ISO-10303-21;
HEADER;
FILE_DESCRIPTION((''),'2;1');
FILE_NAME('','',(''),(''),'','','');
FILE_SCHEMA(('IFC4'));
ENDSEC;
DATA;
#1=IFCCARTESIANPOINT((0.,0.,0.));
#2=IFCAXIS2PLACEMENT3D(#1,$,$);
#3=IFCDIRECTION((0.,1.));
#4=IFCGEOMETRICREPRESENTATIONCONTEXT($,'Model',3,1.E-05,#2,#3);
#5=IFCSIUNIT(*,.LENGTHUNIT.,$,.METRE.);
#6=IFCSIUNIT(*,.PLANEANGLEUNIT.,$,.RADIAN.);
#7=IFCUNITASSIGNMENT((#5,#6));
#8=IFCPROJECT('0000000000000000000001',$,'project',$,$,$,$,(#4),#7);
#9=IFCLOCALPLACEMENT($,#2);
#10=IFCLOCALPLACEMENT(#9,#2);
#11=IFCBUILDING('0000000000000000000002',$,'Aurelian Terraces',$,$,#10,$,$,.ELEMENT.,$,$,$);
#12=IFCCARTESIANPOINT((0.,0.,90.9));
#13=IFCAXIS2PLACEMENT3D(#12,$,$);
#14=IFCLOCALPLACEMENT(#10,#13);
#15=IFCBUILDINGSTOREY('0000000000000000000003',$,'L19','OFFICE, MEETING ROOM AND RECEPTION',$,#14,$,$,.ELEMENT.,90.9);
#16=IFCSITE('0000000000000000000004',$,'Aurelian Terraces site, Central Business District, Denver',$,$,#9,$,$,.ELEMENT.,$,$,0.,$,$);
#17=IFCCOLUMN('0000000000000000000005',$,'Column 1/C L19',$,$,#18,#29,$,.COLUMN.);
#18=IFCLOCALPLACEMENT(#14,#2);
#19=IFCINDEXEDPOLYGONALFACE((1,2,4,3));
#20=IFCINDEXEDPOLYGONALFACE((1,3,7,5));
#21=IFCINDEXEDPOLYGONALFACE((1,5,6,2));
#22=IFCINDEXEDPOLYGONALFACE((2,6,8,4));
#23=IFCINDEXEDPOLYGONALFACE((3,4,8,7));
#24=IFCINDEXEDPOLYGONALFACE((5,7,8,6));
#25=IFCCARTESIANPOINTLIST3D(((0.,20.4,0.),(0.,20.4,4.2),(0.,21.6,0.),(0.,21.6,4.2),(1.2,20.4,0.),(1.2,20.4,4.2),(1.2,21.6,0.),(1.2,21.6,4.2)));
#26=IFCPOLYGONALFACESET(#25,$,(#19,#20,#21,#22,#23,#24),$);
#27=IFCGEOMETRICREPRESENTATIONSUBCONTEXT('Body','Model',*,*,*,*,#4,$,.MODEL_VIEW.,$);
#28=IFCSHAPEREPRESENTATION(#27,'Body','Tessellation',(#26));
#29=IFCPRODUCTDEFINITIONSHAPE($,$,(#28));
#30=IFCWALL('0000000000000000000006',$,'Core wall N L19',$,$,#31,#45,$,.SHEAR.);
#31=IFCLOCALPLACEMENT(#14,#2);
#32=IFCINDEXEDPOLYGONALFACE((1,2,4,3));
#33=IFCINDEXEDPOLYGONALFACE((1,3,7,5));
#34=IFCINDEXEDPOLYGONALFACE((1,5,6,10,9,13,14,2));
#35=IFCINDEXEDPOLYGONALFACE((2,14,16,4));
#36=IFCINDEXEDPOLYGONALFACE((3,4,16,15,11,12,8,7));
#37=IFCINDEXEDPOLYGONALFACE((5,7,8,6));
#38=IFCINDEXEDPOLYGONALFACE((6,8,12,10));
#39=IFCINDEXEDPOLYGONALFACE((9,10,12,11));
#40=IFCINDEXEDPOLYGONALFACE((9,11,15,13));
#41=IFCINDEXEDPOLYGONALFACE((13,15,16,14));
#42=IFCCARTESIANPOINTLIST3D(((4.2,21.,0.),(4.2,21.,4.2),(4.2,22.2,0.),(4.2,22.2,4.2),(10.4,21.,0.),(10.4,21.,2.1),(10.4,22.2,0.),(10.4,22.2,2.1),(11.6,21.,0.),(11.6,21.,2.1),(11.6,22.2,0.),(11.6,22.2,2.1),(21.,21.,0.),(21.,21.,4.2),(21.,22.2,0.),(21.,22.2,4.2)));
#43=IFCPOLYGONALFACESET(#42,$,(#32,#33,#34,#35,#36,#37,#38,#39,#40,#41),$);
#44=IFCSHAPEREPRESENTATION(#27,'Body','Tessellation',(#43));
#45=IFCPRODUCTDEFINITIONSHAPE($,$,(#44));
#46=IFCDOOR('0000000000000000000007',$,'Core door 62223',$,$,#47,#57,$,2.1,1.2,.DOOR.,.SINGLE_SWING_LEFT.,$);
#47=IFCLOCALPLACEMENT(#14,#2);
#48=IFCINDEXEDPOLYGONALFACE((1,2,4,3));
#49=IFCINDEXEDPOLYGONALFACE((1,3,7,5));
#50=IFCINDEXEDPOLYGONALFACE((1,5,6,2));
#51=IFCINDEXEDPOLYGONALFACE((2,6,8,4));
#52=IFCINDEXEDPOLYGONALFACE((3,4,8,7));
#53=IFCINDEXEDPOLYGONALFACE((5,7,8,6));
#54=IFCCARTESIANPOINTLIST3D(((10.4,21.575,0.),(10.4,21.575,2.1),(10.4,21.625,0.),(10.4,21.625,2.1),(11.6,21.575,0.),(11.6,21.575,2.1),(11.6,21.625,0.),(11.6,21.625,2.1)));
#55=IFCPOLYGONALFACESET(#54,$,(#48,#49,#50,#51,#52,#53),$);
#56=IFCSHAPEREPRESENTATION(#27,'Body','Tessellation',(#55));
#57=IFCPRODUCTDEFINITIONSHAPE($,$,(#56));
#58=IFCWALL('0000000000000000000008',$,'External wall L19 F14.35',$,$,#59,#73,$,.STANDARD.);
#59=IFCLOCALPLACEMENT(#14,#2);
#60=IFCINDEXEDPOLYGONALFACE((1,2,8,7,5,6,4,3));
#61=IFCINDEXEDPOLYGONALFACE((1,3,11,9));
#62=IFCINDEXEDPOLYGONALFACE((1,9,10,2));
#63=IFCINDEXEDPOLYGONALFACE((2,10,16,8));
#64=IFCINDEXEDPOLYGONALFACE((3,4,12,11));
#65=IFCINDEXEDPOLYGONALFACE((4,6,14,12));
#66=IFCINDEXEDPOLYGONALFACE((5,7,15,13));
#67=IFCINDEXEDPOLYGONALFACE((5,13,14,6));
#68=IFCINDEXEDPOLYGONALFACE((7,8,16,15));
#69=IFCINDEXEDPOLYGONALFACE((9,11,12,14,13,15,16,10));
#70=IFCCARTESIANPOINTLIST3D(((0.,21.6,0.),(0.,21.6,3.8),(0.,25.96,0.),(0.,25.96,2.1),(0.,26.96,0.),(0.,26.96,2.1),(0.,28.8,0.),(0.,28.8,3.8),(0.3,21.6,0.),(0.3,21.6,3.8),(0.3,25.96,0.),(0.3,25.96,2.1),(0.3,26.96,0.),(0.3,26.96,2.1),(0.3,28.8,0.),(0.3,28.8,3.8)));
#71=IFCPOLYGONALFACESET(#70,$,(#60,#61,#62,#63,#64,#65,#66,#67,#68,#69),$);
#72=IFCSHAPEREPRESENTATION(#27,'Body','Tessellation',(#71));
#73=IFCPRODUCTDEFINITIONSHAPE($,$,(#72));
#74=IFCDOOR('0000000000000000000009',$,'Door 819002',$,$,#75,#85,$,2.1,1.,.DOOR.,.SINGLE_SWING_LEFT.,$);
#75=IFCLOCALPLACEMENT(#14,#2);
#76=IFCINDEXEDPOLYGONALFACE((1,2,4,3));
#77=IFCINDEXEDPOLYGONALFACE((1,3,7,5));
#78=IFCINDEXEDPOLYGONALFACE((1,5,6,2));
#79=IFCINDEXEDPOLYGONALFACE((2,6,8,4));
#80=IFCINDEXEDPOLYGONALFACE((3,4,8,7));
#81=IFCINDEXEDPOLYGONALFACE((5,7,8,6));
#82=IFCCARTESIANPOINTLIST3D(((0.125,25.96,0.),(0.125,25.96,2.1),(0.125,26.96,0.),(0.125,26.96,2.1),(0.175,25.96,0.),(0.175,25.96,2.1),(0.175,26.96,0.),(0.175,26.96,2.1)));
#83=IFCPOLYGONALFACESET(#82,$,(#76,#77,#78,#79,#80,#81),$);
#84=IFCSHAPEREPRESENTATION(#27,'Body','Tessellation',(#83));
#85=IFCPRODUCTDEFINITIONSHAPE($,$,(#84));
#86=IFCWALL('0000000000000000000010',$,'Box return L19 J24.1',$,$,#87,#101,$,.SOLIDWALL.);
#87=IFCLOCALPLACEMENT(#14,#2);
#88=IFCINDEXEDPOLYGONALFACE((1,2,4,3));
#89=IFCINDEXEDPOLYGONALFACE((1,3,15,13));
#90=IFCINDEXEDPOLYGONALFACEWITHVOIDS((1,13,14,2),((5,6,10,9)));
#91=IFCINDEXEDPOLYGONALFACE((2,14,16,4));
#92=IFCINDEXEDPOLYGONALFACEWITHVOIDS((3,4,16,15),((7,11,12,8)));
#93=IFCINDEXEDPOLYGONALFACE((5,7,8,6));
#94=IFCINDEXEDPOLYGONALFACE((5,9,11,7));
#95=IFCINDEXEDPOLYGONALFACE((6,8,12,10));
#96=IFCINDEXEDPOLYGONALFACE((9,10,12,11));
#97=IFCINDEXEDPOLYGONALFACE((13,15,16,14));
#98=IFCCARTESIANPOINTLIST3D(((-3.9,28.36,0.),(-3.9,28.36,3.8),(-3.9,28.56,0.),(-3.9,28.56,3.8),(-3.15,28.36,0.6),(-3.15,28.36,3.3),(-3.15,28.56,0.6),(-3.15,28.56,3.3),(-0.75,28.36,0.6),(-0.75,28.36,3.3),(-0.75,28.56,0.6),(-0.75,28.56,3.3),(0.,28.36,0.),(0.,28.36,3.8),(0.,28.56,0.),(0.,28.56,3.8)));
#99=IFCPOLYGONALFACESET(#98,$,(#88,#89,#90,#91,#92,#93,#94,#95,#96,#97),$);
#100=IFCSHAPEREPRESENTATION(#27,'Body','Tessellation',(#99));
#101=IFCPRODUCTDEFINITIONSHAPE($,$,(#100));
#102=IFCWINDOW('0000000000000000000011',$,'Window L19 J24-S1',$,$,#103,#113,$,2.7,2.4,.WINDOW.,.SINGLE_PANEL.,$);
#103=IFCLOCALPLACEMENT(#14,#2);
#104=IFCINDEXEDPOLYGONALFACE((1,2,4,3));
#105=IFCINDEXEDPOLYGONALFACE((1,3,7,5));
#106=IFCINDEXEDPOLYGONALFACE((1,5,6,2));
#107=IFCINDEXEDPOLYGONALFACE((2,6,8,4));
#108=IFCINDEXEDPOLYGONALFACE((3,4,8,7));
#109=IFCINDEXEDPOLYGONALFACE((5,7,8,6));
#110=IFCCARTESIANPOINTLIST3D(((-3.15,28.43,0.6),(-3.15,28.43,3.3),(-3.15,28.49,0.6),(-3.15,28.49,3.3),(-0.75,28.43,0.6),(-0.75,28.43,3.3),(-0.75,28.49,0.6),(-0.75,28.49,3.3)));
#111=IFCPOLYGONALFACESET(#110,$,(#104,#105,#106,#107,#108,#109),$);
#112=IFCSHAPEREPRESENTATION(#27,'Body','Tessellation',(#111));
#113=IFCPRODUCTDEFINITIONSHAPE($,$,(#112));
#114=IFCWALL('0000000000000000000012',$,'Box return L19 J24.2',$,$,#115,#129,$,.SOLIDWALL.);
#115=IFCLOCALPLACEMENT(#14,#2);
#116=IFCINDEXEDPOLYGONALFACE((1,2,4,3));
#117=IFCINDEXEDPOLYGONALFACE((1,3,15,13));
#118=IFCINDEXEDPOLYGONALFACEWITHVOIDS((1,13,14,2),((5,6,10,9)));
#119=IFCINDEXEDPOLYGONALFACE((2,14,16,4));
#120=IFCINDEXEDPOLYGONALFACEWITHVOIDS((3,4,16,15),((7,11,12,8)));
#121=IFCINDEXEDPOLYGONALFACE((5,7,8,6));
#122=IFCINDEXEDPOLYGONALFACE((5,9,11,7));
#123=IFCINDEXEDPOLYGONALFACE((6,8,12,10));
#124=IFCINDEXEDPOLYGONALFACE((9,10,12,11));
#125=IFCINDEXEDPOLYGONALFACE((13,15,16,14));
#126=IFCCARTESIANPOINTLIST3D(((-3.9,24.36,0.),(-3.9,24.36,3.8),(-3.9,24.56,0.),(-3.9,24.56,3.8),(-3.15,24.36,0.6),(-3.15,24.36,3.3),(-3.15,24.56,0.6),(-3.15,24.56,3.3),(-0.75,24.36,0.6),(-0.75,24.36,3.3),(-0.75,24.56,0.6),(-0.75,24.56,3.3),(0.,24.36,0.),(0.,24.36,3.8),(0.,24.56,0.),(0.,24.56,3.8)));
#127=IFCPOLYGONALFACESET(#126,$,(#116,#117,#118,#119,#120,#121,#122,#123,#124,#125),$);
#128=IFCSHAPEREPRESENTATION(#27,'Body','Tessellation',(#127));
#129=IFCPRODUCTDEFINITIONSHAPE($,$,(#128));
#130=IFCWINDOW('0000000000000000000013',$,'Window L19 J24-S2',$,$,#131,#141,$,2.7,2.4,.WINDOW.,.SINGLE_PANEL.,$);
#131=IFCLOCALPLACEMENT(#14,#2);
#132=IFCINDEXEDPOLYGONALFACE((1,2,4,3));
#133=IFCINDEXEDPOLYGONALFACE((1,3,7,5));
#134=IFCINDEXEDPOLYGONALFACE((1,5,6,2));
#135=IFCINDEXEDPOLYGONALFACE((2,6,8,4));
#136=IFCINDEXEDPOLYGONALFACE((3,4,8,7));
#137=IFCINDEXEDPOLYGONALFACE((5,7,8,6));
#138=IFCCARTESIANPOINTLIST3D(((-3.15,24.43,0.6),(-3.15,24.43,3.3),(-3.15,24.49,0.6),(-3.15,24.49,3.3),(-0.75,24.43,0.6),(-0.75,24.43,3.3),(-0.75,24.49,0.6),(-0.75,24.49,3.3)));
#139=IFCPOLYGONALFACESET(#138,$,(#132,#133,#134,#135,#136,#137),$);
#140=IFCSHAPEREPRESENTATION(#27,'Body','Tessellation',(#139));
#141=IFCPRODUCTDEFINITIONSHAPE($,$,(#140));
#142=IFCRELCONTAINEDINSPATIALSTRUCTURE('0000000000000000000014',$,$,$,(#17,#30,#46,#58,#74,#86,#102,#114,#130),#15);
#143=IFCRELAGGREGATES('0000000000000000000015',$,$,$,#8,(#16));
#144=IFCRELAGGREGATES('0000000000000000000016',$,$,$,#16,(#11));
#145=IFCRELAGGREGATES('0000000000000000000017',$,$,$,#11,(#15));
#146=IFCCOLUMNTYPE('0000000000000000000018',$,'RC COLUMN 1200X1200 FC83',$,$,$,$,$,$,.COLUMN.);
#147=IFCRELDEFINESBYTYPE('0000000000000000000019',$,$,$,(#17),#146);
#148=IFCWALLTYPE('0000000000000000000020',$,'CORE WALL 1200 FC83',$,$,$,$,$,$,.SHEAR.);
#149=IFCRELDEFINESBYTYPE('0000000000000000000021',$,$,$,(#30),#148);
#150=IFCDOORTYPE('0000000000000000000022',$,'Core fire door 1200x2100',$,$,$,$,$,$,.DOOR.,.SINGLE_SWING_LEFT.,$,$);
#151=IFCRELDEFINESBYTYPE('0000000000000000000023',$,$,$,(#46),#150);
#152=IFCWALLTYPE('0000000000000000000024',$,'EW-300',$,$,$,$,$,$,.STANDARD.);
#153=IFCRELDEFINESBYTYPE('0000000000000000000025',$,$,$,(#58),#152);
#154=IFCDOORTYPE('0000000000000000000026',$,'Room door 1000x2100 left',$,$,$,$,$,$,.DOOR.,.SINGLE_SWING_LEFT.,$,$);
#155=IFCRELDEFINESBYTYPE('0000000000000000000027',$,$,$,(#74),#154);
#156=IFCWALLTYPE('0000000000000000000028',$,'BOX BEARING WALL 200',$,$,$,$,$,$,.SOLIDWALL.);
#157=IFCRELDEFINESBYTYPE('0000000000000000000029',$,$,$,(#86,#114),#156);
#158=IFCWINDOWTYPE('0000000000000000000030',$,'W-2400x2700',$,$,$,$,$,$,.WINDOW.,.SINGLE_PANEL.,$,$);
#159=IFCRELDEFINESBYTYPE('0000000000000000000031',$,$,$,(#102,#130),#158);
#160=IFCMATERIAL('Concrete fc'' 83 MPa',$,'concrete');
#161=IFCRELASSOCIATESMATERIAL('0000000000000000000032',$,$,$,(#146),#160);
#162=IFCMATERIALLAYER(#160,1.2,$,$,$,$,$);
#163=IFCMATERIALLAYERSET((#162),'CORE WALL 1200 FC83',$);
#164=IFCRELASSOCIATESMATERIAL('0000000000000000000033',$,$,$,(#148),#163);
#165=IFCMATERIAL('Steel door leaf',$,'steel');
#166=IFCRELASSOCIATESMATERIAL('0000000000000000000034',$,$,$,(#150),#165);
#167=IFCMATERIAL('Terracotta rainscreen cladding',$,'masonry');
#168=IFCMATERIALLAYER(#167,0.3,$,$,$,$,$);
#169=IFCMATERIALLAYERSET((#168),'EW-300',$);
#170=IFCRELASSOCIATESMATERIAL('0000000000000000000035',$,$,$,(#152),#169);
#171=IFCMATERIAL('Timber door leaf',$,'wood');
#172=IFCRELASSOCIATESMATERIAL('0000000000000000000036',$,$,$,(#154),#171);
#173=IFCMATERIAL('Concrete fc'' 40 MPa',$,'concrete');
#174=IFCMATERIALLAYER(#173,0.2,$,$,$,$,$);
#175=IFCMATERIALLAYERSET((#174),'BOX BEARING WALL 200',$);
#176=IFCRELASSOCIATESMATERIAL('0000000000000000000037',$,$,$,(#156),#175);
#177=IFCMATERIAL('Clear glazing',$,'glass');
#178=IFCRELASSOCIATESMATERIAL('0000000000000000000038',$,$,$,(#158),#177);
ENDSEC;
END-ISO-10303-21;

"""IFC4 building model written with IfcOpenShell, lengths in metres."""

from ifc_helpers import new_model, si_unit, direction, frame, frame_2d, origin, origin_2d, place, context, subcontext, project, spatial, rectangle, extrude, source, transform, mapped, material, layer, layer_set, material_profile, profile_set, type_object, element, fill, save


model = new_model("IFC4")

# Units and contexts
model_context = context("Model", 3, precision=1e-05, world=origin(), true_north=direction((0.0, 1.0)))
body_context = subcontext(model_context, "Body", "Model", "MODEL_VIEW")
ifc_project = project(units=[si_unit("LENGTHUNIT", "METRE"), si_unit("PLANEANGLEUNIT", "RADIAN")], contexts=[model_context])

# Site, building, storey
site_placement = place(None, origin())
site = spatial("IfcSite", under=ifc_project, at=site_placement, Name="Aurelian Terraces site, Central Business District, Denver", CompositionType="ELEMENT", RefElevation=0.0)
building_placement = place(site_placement, origin())
building = spatial("IfcBuilding", under=site, at=building_placement, Name="Aurelian Terraces", CompositionType="ELEMENT")
storey_placement = place(building_placement, frame((0.0, 0.0, 90.9)))
storey = spatial("IfcBuildingStorey", under=building, at=storey_placement, Name="L19", Description="OFFICE, MEETING ROOM AND RECEPTION", CompositionType="ELEMENT", Elevation=90.9)

# Column
ifc_material_1 = material(Name="Concrete fc' 83 MPa", Category="concrete")
ifc_material_profile = material_profile(ifc_material_1, rectangle(XDim=1.2, YDim=1.2, at=origin_2d()))
ifc_profile_set = profile_set([ifc_material_profile], Name="Concrete fc' 83 MPa")
column_type = type_object("IfcColumnType", Name="RC COLUMN 1200X1200 FC83", PredefinedType="COLUMN", material=ifc_profile_set)
shared_shape_1 = source(origin(), body_context, "Body", "SweptSolid", [
    extrude(rectangle(XDim=1.2, YDim=1.2, at=origin_2d()), origin(), (0.0, 0.0, 1.0), 4.2),
])
column_placement = place(storey_placement, frame((0.6, 21.0, 0.0), z_axis=(0.0, 0.0, 1.0), x_axis=(1.0, 0.0, 0.0)))
element("IfcColumn", 1, at=column_placement, inside=storey, type_object=column_type, Name="Column 1/C L19", PredefinedType="COLUMN", context=body_context, shape_type="MappedRepresentation", body=[
    mapped(shared_shape_1, transform((0.0, 0.0, 0.0), scale=1.0)),
])

# Walls, openings, doors
ifc_layer_1 = layer(ifc_material_1, 1.2)
ifc_layer_set_1 = layer_set([ifc_layer_1], Name="CORE WALL 1200 FC83")
wall_type_1 = type_object("IfcWallType", Name="CORE WALL 1200 FC83", PredefinedType="SHEAR", material=ifc_layer_set_1)
shared_shape_2 = source(origin(), body_context, "Body", "SweptSolid", [
    extrude(rectangle(XDim=16.8, YDim=1.2, at=frame_2d((8.4, 0.0))), origin(), (0.0, 0.0, 1.0), 4.2),
])
wall_1_placement = place(storey_placement, frame((4.2, 21.6, 0.0), z_axis=(0.0, 0.0, 1.0), x_axis=(1.0, 0.0, 0.0)))
wall_1 = element("IfcWall", 2, at=wall_1_placement, inside=storey, type_object=wall_type_1, Name="Core wall N L19", PredefinedType="SHEAR", context=body_context, shape_type="MappedRepresentation", body=[
    mapped(shared_shape_2, transform((0.0, 0.0, 0.0), scale=1.0)),
])
shared_shape_3 = source(origin(), body_context, "Body", "SweptSolid", [
    extrude(rectangle(XDim=1.2, YDim=2.1, at=frame_2d((0.6, 1.05))), frame((0.0, 0.61, 0.0), z_axis=(0.0, -1.0, 0.0), x_axis=(1.0, 0.0, 0.0)), (0.0, 0.0, 1.0), 1.22),
])
opening_1_placement = place(wall_1_placement, frame((6.2, 0.0, 0.0)))
opening_1 = element("IfcOpeningElement", 3, at=opening_1_placement, cuts=wall_1, PredefinedType="OPENING", context=body_context, shape_type="MappedRepresentation", body=[
    mapped(shared_shape_3, transform((0.0, 0.0, 0.0), scale=1.0)),
])
ifc_material_2 = material(Name="Steel door leaf", Category="steel")
door_type_1 = type_object("IfcDoorType", Name="Core fire door 1200x2100", OperationType="SINGLE_SWING_LEFT", PredefinedType="DOOR", material=ifc_material_2)
shared_shape_4 = source(origin(), body_context, "Body", "SweptSolid", [
    extrude(rectangle(XDim=1.2, YDim=2.1, at=frame_2d((0.6, 1.05))), frame((0.0, 0.025, 0.0), z_axis=(0.0, -1.0, 0.0), x_axis=(1.0, 0.0, 0.0)), (0.0, 0.0, 1.0), 0.05),
])
door_1_placement = place(opening_1_placement, origin())
door_1 = element("IfcDoor", 4, at=door_1_placement, inside=storey, type_object=door_type_1, Name="Core door 62223", OperationType="SINGLE_SWING_LEFT", OverallHeight=2.1, OverallWidth=1.2, PredefinedType="DOOR", context=body_context, shape_type="MappedRepresentation", body=[
    mapped(shared_shape_4, transform((0.0, 0.0, 0.0), scale=1.0)),
])
fill(opening_1, door_1)
ifc_material_3 = material(Name="Terracotta rainscreen cladding", Category="masonry")
ifc_layer_2 = layer(ifc_material_3, 0.3)
ifc_layer_set_2 = layer_set([ifc_layer_2], Name="EW-300")
wall_type_2 = type_object("IfcWallType", Name="EW-300", PredefinedType="STANDARD", material=ifc_layer_set_2)
shared_shape_5 = source(origin(), body_context, "Body", "SweptSolid", [
    extrude(rectangle(XDim=7.2, YDim=0.3, at=frame_2d((3.6, 0.0))), origin(), (0.0, 0.0, 1.0), 3.8),
])
wall_2_placement = place(storey_placement, frame((0.15, 28.8, 0.0), z_axis=(0.0, 0.0, 1.0), x_axis=(0.0, -1.0, 0.0)))
wall_2 = element("IfcWall", 5, at=wall_2_placement, inside=storey, type_object=wall_type_2, Name="External wall L19 F14.35", PredefinedType="STANDARD", context=body_context, shape_type="MappedRepresentation", body=[
    mapped(shared_shape_5, transform((0.0, 0.0, 0.0), scale=1.0)),
])
shared_shape_6 = source(origin(), body_context, "Body", "SweptSolid", [
    extrude(rectangle(XDim=1.0, YDim=2.1, at=frame_2d((0.5, 1.05))), frame((0.0, 0.16, 0.0), z_axis=(0.0, -1.0, 0.0), x_axis=(1.0, 0.0, 0.0)), (0.0, 0.0, 1.0), 0.32),
])
opening_2_placement = place(wall_2_placement, frame((1.84, 0.0, 0.0)))
opening_2 = element("IfcOpeningElement", 6, at=opening_2_placement, cuts=wall_2, PredefinedType="OPENING", context=body_context, shape_type="MappedRepresentation", body=[
    mapped(shared_shape_6, transform((0.0, 0.0, 0.0), scale=1.0)),
])
ifc_material_4 = material(Name="Timber door leaf", Category="wood")
door_type_2 = type_object("IfcDoorType", Name="Room door 1000x2100 left", OperationType="SINGLE_SWING_LEFT", PredefinedType="DOOR", material=ifc_material_4)
shared_shape_7 = source(origin(), body_context, "Body", "SweptSolid", [
    extrude(rectangle(XDim=1.0, YDim=2.1, at=frame_2d((0.5, 1.05))), frame((0.0, 0.025, 0.0), z_axis=(0.0, -1.0, 0.0), x_axis=(1.0, 0.0, 0.0)), (0.0, 0.0, 1.0), 0.05),
])
door_2_placement = place(opening_2_placement, origin())
door_2 = element("IfcDoor", 7, at=door_2_placement, inside=storey, type_object=door_type_2, Name="Door 819002", OperationType="SINGLE_SWING_LEFT", OverallHeight=2.1, OverallWidth=1.0, PredefinedType="DOOR", context=body_context, shape_type="MappedRepresentation", body=[
    mapped(shared_shape_7, transform((0.0, 0.0, 0.0), scale=1.0)),
])
fill(opening_2, door_2)

# Walls, openings, windows
ifc_material_5 = material(Name="Concrete fc' 40 MPa", Category="concrete")
ifc_layer_3 = layer(ifc_material_5, 0.2)
ifc_layer_set_3 = layer_set([ifc_layer_3], Name="BOX BEARING WALL 200")
wall_type_3 = type_object("IfcWallType", Name="BOX BEARING WALL 200", PredefinedType="SOLIDWALL", material=ifc_layer_set_3)
shared_shape_8 = source(origin(), body_context, "Body", "SweptSolid", [
    extrude(rectangle(XDim=3.9, YDim=0.2, at=frame_2d((1.95, 0.0))), origin(), (0.0, 0.0, 1.0), 3.8),
])
wall_3_placement = place(storey_placement, frame((0.0, 28.46, 0.0), z_axis=(0.0, 0.0, 1.0), x_axis=(-1.0, 0.0, 0.0)))
wall_3 = element("IfcWall", 8, at=wall_3_placement, inside=storey, type_object=wall_type_3, Name="Box return L19 J24.1", PredefinedType="SOLIDWALL", context=body_context, shape_type="MappedRepresentation", body=[
    mapped(shared_shape_8, transform((0.0, 0.0, 0.0), scale=1.0)),
])
shared_shape_9 = source(origin(), body_context, "Body", "SweptSolid", [
    extrude(rectangle(XDim=2.4, YDim=2.7, at=frame_2d((1.2, 1.35))), frame((0.0, 0.11, 0.0), z_axis=(0.0, -1.0, 0.0), x_axis=(1.0, 0.0, 0.0)), (0.0, 0.0, 1.0), 0.22),
])
opening_3_placement = place(wall_3_placement, frame((0.75, 0.0, 0.6)))
opening_3 = element("IfcOpeningElement", 9, at=opening_3_placement, cuts=wall_3, PredefinedType="OPENING", context=body_context, shape_type="MappedRepresentation", body=[
    mapped(shared_shape_9, transform((0.0, 0.0, 0.0), scale=1.0)),
])
ifc_material_6 = material(Name="Clear glazing", Category="glass")
window_type_1 = type_object("IfcWindowType", Name="W-2400x2700", PartitioningType="SINGLE_PANEL", PredefinedType="WINDOW", material=ifc_material_6)
shared_shape_10 = source(origin(), body_context, "Body", "SweptSolid", [
    extrude(rectangle(XDim=2.4, YDim=2.7, at=frame_2d((1.2, 1.35))), frame((0.0, 0.03, 0.0), z_axis=(0.0, -1.0, 0.0), x_axis=(1.0, 0.0, 0.0)), (0.0, 0.0, 1.0), 0.06),
])
window_1_placement = place(opening_3_placement, origin())
window_1 = element("IfcWindow", 10, at=window_1_placement, inside=storey, type_object=window_type_1, Name="Window L19 J24-S1", OverallHeight=2.7, OverallWidth=2.4, PartitioningType="SINGLE_PANEL", PredefinedType="WINDOW", context=body_context, shape_type="MappedRepresentation", body=[
    mapped(shared_shape_10, transform((0.0, 0.0, 0.0), scale=1.0)),
])
fill(opening_3, window_1)
wall_4_placement = place(storey_placement, frame((0.0, 24.46, 0.0), z_axis=(0.0, 0.0, 1.0), x_axis=(-1.0, 0.0, 0.0)))
wall_4 = element("IfcWall", 11, at=wall_4_placement, inside=storey, type_object=wall_type_3, Name="Box return L19 J24.2", PredefinedType="SOLIDWALL", context=body_context, shape_type="MappedRepresentation", body=[
    mapped(shared_shape_8, transform((0.0, 0.0, 0.0), scale=1.0)),
])
opening_4_placement = place(wall_4_placement, frame((0.75, 0.0, 0.6)))
opening_4 = element("IfcOpeningElement", 12, at=opening_4_placement, cuts=wall_4, PredefinedType="OPENING", context=body_context, shape_type="MappedRepresentation", body=[
    mapped(shared_shape_9, transform((0.0, 0.0, 0.0), scale=1.0)),
])
window_2_placement = place(opening_4_placement, origin())
window_2 = element("IfcWindow", 13, at=window_2_placement, inside=storey, type_object=window_type_1, Name="Window L19 J24-S2", OverallHeight=2.7, OverallWidth=2.4, PartitioningType="SINGLE_PANEL", PredefinedType="WINDOW", context=body_context, shape_type="MappedRepresentation", body=[
    mapped(shared_shape_10, transform((0.0, 0.0, 0.0), scale=1.0)),
])
fill(opening_4, window_2)

save(model, "model.ifc")
